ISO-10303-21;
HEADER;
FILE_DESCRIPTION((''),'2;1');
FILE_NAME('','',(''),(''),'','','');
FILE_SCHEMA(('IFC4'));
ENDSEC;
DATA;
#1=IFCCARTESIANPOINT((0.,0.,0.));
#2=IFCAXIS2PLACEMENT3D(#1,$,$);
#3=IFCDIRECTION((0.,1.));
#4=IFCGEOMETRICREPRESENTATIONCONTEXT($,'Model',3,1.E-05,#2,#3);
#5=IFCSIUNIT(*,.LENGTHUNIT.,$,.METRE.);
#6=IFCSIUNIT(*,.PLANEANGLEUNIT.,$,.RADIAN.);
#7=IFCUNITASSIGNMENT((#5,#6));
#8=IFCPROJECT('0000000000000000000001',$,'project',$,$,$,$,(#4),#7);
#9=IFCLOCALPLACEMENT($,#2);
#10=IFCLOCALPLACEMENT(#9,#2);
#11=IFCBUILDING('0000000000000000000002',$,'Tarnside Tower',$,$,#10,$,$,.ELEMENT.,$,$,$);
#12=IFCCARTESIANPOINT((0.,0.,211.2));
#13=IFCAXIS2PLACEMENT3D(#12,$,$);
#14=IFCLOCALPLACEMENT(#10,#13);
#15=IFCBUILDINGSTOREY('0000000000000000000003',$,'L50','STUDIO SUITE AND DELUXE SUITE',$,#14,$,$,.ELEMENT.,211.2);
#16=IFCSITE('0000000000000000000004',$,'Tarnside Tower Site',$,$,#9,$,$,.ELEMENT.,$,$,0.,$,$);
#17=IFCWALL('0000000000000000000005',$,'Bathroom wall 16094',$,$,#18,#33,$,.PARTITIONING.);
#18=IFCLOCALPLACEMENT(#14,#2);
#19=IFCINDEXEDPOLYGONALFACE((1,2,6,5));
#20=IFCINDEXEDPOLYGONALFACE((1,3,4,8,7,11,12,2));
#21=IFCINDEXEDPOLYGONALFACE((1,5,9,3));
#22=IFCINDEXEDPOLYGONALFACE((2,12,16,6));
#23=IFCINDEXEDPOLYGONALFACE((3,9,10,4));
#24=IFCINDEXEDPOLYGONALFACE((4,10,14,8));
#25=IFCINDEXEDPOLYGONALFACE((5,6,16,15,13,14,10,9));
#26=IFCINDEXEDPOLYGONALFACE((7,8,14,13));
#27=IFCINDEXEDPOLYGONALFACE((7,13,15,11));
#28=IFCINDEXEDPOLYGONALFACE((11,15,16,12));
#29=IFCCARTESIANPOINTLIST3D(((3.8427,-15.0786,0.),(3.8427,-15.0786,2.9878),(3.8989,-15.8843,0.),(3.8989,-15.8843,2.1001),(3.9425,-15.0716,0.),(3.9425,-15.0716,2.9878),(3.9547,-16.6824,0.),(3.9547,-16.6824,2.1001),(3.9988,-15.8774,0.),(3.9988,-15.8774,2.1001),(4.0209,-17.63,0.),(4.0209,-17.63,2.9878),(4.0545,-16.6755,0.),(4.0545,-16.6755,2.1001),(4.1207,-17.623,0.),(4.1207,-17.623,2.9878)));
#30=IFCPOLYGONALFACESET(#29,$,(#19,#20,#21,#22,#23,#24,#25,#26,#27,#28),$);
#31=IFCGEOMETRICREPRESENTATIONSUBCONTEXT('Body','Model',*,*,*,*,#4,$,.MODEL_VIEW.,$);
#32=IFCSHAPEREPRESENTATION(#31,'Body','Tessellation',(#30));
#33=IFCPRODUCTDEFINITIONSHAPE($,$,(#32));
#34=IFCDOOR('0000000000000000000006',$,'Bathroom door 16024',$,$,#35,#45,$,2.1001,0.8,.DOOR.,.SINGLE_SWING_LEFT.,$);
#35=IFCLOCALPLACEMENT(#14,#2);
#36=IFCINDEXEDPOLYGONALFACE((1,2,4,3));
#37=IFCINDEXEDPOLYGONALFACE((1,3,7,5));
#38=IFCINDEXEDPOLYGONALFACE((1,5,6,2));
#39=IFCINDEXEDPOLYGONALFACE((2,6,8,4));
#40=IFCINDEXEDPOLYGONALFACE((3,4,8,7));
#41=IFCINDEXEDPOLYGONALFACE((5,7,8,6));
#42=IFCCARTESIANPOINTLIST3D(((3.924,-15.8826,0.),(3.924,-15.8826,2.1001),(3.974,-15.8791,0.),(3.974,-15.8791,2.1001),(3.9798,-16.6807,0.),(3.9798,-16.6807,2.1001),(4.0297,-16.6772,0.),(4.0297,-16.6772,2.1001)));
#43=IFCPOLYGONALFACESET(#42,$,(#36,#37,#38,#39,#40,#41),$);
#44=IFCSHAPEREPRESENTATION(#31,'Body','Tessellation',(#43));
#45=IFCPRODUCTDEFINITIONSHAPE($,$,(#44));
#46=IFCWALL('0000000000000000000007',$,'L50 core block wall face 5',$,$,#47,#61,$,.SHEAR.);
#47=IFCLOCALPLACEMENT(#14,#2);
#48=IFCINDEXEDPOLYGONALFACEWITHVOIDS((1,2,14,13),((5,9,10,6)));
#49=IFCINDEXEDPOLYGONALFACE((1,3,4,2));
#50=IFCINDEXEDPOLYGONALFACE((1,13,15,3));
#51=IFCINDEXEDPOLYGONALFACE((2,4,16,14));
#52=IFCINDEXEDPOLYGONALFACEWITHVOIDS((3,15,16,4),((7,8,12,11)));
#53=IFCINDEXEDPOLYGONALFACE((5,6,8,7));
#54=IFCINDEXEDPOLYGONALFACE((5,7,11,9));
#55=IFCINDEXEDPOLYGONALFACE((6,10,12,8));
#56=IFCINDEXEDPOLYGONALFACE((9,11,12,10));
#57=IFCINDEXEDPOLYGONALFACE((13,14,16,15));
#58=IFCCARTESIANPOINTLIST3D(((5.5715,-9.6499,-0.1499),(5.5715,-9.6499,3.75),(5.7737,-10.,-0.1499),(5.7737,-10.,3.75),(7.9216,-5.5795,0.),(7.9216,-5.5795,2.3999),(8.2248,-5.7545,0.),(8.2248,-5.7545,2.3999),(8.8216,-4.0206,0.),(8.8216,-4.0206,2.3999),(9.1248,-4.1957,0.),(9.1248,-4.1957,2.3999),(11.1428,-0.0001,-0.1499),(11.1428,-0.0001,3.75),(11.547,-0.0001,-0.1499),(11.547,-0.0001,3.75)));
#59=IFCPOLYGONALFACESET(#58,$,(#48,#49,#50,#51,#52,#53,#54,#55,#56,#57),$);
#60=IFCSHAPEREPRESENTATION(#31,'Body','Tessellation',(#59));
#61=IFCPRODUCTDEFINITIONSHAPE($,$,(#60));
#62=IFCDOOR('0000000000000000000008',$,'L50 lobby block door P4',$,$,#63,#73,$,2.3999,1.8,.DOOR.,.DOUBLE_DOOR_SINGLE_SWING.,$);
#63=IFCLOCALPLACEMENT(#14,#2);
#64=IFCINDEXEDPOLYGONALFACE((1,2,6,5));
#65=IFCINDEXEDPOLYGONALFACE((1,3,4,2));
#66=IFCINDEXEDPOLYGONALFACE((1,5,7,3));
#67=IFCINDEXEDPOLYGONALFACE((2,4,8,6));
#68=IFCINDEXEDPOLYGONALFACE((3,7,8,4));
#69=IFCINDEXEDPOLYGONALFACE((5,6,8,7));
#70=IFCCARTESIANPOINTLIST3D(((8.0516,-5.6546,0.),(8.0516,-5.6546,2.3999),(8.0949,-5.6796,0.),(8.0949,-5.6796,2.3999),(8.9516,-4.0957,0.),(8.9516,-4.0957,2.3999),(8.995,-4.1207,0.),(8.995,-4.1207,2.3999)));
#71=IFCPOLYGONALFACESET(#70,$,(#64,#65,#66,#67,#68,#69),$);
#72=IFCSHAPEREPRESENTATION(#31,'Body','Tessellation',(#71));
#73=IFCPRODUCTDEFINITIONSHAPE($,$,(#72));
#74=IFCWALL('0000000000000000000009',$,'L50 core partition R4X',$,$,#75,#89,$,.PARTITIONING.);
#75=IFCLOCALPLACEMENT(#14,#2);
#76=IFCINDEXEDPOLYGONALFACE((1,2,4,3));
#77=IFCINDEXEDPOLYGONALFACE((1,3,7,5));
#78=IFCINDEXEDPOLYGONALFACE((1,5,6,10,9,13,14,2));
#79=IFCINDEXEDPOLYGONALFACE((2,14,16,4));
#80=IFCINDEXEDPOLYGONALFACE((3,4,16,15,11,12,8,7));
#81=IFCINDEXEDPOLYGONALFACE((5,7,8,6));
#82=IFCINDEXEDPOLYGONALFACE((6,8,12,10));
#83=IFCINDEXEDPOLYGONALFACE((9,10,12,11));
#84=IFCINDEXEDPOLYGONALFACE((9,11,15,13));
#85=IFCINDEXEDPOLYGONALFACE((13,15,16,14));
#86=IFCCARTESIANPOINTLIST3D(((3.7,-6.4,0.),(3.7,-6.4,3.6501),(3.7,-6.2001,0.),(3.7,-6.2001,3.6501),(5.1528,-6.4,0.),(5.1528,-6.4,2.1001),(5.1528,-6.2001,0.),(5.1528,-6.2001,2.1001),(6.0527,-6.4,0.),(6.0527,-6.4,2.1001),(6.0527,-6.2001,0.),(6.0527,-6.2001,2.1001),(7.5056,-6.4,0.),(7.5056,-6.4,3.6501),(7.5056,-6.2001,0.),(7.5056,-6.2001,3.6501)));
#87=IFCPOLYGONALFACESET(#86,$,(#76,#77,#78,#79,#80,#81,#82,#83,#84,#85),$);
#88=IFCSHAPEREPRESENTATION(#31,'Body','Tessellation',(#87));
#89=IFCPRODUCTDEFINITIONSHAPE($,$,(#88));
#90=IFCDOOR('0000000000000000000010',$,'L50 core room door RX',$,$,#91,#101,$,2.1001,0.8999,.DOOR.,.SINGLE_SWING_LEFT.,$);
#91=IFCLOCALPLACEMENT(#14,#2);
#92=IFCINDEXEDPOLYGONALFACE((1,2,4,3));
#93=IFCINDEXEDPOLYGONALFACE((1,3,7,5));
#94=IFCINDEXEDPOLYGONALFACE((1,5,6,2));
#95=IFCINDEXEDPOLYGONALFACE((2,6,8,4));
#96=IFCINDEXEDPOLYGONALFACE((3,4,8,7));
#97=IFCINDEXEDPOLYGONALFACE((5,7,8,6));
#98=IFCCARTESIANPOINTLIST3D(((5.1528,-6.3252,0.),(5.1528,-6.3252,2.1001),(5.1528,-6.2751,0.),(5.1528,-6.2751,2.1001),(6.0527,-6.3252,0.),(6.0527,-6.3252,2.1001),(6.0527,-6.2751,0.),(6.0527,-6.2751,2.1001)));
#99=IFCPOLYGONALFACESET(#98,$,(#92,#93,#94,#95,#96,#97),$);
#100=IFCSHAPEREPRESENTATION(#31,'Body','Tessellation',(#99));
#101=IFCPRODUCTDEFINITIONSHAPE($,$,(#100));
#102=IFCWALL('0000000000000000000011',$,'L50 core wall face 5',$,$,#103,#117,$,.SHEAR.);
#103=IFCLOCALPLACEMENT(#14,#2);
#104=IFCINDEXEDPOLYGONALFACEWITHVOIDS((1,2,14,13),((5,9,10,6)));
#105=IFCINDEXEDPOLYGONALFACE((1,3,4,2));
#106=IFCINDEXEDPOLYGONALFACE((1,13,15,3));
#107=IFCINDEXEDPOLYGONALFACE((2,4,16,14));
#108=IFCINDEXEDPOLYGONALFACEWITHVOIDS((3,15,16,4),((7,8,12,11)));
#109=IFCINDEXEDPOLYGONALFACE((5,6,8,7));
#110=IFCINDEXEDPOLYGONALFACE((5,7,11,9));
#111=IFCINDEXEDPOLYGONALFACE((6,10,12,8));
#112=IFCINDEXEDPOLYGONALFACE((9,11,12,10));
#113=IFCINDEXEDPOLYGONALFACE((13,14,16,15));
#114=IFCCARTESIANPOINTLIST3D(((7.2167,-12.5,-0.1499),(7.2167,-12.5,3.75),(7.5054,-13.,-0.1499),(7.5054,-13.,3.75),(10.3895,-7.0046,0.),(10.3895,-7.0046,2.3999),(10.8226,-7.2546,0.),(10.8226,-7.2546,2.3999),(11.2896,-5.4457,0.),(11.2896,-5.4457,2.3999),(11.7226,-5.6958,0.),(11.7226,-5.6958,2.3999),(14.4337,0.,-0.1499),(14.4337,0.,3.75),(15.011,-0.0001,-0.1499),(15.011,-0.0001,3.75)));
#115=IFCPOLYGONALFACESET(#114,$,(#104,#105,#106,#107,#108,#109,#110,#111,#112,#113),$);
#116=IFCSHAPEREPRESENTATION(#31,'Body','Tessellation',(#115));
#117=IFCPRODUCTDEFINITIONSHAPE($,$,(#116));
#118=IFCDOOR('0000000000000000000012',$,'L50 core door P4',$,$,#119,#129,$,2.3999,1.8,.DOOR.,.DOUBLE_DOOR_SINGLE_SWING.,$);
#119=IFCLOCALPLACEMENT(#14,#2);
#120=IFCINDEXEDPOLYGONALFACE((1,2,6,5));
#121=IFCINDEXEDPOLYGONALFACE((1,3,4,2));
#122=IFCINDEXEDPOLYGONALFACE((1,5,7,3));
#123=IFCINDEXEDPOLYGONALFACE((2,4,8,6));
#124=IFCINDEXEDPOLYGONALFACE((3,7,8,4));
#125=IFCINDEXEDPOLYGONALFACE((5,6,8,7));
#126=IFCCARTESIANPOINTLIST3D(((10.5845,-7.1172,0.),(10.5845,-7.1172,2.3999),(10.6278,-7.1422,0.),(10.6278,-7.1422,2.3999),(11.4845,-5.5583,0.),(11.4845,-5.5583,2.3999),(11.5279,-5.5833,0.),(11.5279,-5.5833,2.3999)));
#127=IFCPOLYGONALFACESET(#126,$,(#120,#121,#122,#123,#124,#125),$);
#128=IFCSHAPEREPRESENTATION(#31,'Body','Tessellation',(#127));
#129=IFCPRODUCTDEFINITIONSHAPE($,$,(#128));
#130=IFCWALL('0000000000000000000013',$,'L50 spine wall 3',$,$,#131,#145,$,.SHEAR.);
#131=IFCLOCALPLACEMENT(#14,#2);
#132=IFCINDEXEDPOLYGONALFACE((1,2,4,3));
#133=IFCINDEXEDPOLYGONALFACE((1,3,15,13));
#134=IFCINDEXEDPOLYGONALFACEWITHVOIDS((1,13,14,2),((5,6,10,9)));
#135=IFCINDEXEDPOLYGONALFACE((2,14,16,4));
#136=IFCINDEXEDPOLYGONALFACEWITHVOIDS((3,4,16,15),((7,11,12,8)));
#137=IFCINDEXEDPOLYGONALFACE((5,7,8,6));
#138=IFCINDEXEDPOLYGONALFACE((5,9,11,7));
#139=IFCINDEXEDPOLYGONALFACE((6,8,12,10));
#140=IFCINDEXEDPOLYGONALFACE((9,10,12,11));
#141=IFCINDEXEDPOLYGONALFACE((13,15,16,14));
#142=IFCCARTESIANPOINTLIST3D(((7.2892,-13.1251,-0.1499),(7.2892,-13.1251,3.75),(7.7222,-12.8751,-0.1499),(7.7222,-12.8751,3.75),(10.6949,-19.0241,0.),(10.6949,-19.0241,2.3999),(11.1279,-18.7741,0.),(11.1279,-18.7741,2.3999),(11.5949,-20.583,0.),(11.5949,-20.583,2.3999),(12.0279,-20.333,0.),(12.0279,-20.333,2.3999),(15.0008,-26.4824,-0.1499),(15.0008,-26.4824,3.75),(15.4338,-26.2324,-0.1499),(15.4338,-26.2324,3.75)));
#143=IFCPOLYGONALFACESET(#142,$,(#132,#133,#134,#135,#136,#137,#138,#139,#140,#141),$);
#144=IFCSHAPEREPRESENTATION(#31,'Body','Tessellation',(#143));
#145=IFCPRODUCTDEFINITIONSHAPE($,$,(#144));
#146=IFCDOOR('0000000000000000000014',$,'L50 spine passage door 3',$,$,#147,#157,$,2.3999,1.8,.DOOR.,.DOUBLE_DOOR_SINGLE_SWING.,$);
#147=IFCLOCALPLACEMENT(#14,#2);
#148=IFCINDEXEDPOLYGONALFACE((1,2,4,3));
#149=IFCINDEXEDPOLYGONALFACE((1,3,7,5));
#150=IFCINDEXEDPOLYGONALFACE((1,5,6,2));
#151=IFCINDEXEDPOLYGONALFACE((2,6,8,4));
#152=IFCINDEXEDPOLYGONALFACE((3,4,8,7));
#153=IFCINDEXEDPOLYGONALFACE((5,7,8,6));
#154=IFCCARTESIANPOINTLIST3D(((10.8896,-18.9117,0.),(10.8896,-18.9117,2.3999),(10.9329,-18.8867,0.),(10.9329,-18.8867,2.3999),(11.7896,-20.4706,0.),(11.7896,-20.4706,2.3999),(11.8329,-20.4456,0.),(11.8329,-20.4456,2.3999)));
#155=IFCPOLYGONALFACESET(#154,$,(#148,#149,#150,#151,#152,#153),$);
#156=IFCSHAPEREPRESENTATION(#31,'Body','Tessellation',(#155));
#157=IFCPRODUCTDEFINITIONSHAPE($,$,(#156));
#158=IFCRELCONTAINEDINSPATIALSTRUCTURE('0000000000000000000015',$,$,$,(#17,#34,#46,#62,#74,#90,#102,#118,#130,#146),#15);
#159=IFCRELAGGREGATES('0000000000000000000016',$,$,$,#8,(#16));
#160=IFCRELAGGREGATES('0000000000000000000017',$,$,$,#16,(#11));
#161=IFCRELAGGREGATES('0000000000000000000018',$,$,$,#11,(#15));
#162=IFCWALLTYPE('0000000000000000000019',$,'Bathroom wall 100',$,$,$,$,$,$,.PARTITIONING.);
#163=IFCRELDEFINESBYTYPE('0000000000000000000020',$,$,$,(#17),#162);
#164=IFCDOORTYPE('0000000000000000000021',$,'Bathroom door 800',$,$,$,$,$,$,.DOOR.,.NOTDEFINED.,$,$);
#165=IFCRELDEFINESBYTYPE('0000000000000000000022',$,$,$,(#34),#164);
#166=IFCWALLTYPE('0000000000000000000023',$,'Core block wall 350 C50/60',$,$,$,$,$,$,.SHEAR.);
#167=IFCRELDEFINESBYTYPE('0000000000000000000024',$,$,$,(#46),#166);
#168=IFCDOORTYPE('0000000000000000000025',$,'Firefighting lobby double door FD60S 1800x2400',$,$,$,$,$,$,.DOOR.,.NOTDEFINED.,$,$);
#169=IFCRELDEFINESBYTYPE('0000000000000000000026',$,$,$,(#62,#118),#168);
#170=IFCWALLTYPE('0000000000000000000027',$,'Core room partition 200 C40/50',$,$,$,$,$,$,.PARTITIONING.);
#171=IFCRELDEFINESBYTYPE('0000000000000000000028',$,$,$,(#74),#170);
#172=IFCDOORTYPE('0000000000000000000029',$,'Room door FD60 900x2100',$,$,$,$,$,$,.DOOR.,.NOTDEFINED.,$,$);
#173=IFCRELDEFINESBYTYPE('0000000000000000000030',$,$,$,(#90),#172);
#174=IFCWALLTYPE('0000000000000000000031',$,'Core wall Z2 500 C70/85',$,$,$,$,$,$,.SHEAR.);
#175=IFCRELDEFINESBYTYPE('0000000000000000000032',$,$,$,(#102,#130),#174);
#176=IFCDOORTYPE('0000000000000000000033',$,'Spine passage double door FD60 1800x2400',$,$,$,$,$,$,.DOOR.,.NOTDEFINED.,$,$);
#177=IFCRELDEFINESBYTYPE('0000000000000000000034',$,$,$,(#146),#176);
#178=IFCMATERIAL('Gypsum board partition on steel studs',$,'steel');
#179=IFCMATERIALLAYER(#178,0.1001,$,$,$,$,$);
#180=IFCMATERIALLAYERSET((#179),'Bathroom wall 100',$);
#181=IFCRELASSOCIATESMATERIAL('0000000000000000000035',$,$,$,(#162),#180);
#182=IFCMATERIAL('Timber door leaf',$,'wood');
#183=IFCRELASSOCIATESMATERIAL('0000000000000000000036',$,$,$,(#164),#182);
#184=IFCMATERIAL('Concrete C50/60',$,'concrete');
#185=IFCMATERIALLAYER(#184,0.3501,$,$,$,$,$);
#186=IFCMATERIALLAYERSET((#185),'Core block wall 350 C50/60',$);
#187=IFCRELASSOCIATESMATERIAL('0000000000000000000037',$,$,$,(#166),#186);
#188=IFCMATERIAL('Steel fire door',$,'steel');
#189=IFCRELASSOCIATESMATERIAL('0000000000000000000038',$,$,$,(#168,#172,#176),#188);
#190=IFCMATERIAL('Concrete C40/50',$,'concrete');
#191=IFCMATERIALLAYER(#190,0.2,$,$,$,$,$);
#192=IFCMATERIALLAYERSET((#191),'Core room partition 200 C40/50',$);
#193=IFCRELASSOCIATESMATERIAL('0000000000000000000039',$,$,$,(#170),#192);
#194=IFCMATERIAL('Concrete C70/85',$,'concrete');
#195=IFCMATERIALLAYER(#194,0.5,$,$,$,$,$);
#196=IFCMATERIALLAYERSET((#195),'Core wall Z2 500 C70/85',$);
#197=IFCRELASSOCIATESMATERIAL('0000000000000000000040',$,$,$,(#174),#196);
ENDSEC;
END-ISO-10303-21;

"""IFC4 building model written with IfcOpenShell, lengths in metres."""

from ifc_helpers import new_model, si_unit, direction, frame, frame_2d, origin, place, context, subcontext, project, spatial, polyline, rectangle, outline, extrude, material, layer, layer_set, type_object, element, fill, save


model = new_model("IFC4")

# Units and contexts
model_context = context("Model", 3, precision=1e-05, world=origin(), true_north=direction((0.0, 1.0)))
body_context = subcontext(model_context, "Body", "Model", "MODEL_VIEW")
ifc_project = project(units=[si_unit("LENGTHUNIT", "METRE"), si_unit("PLANEANGLEUNIT", "RADIAN")], contexts=[model_context])

# Site, building, storey
site_placement = place(None, origin())
site = spatial("IfcSite", under=ifc_project, at=site_placement, Name="Tarnside Tower Site", CompositionType="ELEMENT", RefElevation=0.0)
building_placement = place(site_placement, origin())
building = spatial("IfcBuilding", under=site, at=building_placement, Name="Tarnside Tower", CompositionType="ELEMENT")
storey_placement = place(building_placement, frame((0.0, 0.0, 211.2)))
storey = spatial("IfcBuildingStorey", under=building, at=storey_placement, Name="L50", Description="STUDIO SUITE AND DELUXE SUITE", CompositionType="ELEMENT", Elevation=211.2)

# Shared definitions
ifc_material_1 = material(Name="Gypsum board partition on steel studs", Category="steel")
ifc_layer_1 = layer(ifc_material_1, 0.1001)
ifc_layer_set_1 = layer_set([ifc_layer_1], Name="Bathroom wall 100")
wall_type_1 = type_object("IfcWallType", Name="Bathroom wall 100", PredefinedType="PARTITIONING", material=ifc_layer_set_1)

# Walls, openings, doors
wall_1_placement = place(storey_placement, frame((4.0708, -17.6265, 0.0), z_axis=(0.0, 0.0, 1.0), x_axis=(-0.06968, 0.997569, 0.0)))
wall_1 = element("IfcWall", 1, at=wall_1_placement, inside=storey, type_object=wall_type_1, Name="Bathroom wall 16094", PredefinedType="PARTITIONING", context=body_context, shape_type="SweptSolid", body=[
    extrude(rectangle(XDim=2.5576, YDim=0.1001, at=frame_2d((1.2788, 0.0))), origin(), (0.0, 0.0, 1.0), 2.9878),
])
opening_1_placement = place(wall_1_placement, frame((0.95, 0.0, 0.0)))
opening_1 = element("IfcOpeningElement", 2, at=opening_1_placement, cuts=wall_1, PredefinedType="OPENING", context=body_context, shape_type="SweptSolid", body=[
    extrude(rectangle(XDim=0.8, YDim=2.1001, at=frame_2d((0.3999, 1.05))), frame((0.0, 0.0601, 0.0), z_axis=(0.0, -1.0, 0.0), x_axis=(1.0, 0.0, 0.0)), (0.0, 0.0, 1.0), 0.1201),
])
ifc_material_2 = material(Name="Timber door leaf", Category="wood")
door_type_1 = type_object("IfcDoorType", Name="Bathroom door 800", OperationType="NOTDEFINED", PredefinedType="DOOR", material=ifc_material_2)
door_1_placement = place(opening_1_placement, origin())
door_1 = element("IfcDoor", 3, at=door_1_placement, inside=storey, type_object=door_type_1, Name="Bathroom door 16024", OperationType="SINGLE_SWING_LEFT", OverallHeight=2.1001, OverallWidth=0.8, PredefinedType="DOOR", context=body_context, shape_type="SweptSolid", body=[
    extrude(rectangle(XDim=0.8, YDim=2.1001, at=frame_2d((0.3999, 1.05))), frame((0.0, 0.0249, 0.0), z_axis=(0.0, -1.0, 0.0), x_axis=(1.0, 0.0, 0.0)), (0.0, 0.0, 1.0), 0.05),
])
fill(opening_1, door_1)
ifc_material_3 = material(Name="Concrete C50/60", Category="concrete")
ifc_layer_2 = layer(ifc_material_3, 0.3501)
ifc_layer_set_2 = layer_set([ifc_layer_2], Name="Core block wall 350 C50/60")
wall_type_2 = type_object("IfcWallType", Name="Core block wall 350 C50/60", PredefinedType="SHEAR", material=ifc_layer_set_2)
wall_2_placement = place(storey_placement, frame((5.6726, -9.825, -0.1499), z_axis=(0.0, 0.0, 1.0), x_axis=(0.499995, 0.866028, 0.0)))
wall_2 = element("IfcWall", 4, at=wall_2_placement, inside=storey, type_object=wall_type_2, Name="L50 core block wall face 5", PredefinedType="SHEAR", context=body_context, shape_type="SweptSolid", body=[
    extrude(outline(polyline([(-0.1011, -0.175), (11.4458, -0.175), (11.2437, 0.175), (0.1011, 0.175), (-0.1011, -0.175)])), origin(), (0.0, 0.0, 1.0), 3.8999),
])
opening_2_placement = place(wall_2_placement, frame((4.8013, 0.0, 0.1499)))
opening_2 = element("IfcOpeningElement", 5, at=opening_2_placement, cuts=wall_2, PredefinedType="OPENING", context=body_context, shape_type="SweptSolid", body=[
    extrude(rectangle(XDim=1.8, YDim=2.3999, at=frame_2d((0.8999, 1.2))), frame((0.0, 0.1851, 0.0), z_axis=(0.0, -1.0, 0.0), x_axis=(1.0, 0.0, 0.0)), (0.0, 0.0, 1.0), 0.3701),
])
ifc_material_4 = material(Name="Steel fire door", Category="steel")
door_type_2 = type_object("IfcDoorType", Name="Firefighting lobby double door FD60S 1800x2400", OperationType="NOTDEFINED", PredefinedType="DOOR", material=ifc_material_4)
door_2_placement = place(opening_2_placement, origin())
door_2 = element("IfcDoor", 6, at=door_2_placement, inside=storey, type_object=door_type_2, Name="L50 lobby block door P4", OperationType="DOUBLE_DOOR_SINGLE_SWING", OverallHeight=2.3999, OverallWidth=1.8, PredefinedType="DOOR", context=body_context, shape_type="SweptSolid", body=[
    extrude(rectangle(XDim=1.8, YDim=2.3999, at=frame_2d((0.8999, 1.2))), frame((0.0, 0.0249, 0.0), z_axis=(0.0, -1.0, 0.0), x_axis=(1.0, 0.0, 0.0)), (0.0, 0.0, 1.0), 0.05),
])
fill(opening_2, door_2)
ifc_material_5 = material(Name="Concrete C40/50", Category="concrete")
ifc_layer_3 = layer(ifc_material_5, 0.2)
ifc_layer_set_3 = layer_set([ifc_layer_3], Name="Core room partition 200 C40/50")
wall_type_3 = type_object("IfcWallType", Name="Core room partition 200 C40/50", PredefinedType="PARTITIONING", material=ifc_layer_set_3)
wall_3_placement = place(storey_placement, frame((3.7, -6.3, 0.0), z_axis=(0.0, 0.0, 1.0), x_axis=(1.0, 0.0, 0.0)))
wall_3 = element("IfcWall", 7, at=wall_3_placement, inside=storey, type_object=wall_type_3, Name="L50 core partition R4X", PredefinedType="PARTITIONING", context=body_context, shape_type="SweptSolid", body=[
    extrude(rectangle(XDim=3.8057, YDim=0.2, at=frame_2d((1.9028, 0.0))), origin(), (0.0, 0.0, 1.0), 3.6501),
])
opening_3_placement = place(wall_3_placement, frame((1.4529, 0.0, 0.0)))
opening_3 = element("IfcOpeningElement", 8, at=opening_3_placement, cuts=wall_3, PredefinedType="OPENING", context=body_context, shape_type="SweptSolid", body=[
    extrude(rectangle(XDim=0.8999, YDim=2.1001, at=frame_2d((0.45, 1.05))), frame((0.0, 0.1099, 0.0), z_axis=(0.0, -1.0, 0.0), x_axis=(1.0, 0.0, 0.0)), (0.0, 0.0, 1.0), 0.22),
])
door_type_3 = type_object("IfcDoorType", Name="Room door FD60 900x2100", OperationType="NOTDEFINED", PredefinedType="DOOR", material=ifc_material_4)
door_3_placement = place(opening_3_placement, origin())
door_3 = element("IfcDoor", 9, at=door_3_placement, inside=storey, type_object=door_type_3, Name="L50 core room door RX", OperationType="SINGLE_SWING_LEFT", OverallHeight=2.1001, OverallWidth=0.8999, PredefinedType="DOOR", context=body_context, shape_type="SweptSolid", body=[
    extrude(rectangle(XDim=0.8999, YDim=2.1001, at=frame_2d((0.45, 1.05))), frame((0.0, 0.0249, 0.0), z_axis=(0.0, -1.0, 0.0), x_axis=(1.0, 0.0, 0.0)), (0.0, 0.0, 1.0), 0.05),
])
fill(opening_3, door_3)
ifc_material_6 = material(Name="Concrete C70/85", Category="concrete")
ifc_layer_4 = layer(ifc_material_6, 0.5)
ifc_layer_set_4 = layer_set([ifc_layer_4], Name="Core wall Z2 500 C70/85")
wall_type_4 = type_object("IfcWallType", Name="Core wall Z2 500 C70/85", PredefinedType="SHEAR", material=ifc_layer_set_4)
wall_4_placement = place(storey_placement, frame((7.3611, -12.75, -0.1499), z_axis=(0.0, 0.0, 1.0), x_axis=(0.500006, 0.866022, 0.0)))
wall_4 = element("IfcWall", 10, at=wall_4_placement, inside=storey, type_object=wall_type_4, Name="L50 core wall face 5", PredefinedType="SHEAR", context=body_context, shape_type="SweptSolid", body=[
    extrude(outline(polyline([(-0.1443, -0.25), (14.8667, -0.25), (14.5781, 0.25), (0.1443, 0.25), (-0.1443, -0.25)])), origin(), (0.0, 0.0, 1.0), 3.8999),
])
opening_4_placement = place(wall_4_placement, frame((6.49, 0.0, 0.1499)))
opening_4 = element("IfcOpeningElement", 11, at=opening_4_placement, cuts=wall_4, PredefinedType="OPENING", context=body_context, shape_type="SweptSolid", body=[
    extrude(rectangle(XDim=1.8, YDim=2.3999, at=frame_2d((0.8999, 1.2))), frame((0.0, 0.26, 0.0), z_axis=(0.0, -1.0, 0.0), x_axis=(1.0, 0.0, 0.0)), (0.0, 0.0, 1.0), 0.52),
])
door_4_placement = place(opening_4_placement, origin())
door_4 = element("IfcDoor", 12, at=door_4_placement, inside=storey, type_object=door_type_2, Name="L50 core door P4", OperationType="DOUBLE_DOOR_SINGLE_SWING", OverallHeight=2.3999, OverallWidth=1.8, PredefinedType="DOOR", context=body_context, shape_type="SweptSolid", body=[
    extrude(rectangle(XDim=1.8, YDim=2.3999, at=frame_2d((0.8999, 1.2))), frame((0.0, 0.0249, 0.0), z_axis=(0.0, -1.0, 0.0), x_axis=(1.0, 0.0, 0.0)), (0.0, 0.0, 1.0), 0.05),
])
fill(opening_4, door_4)
wall_5_placement = place(storey_placement, frame((7.5056, -13.0, -0.1499), z_axis=(0.0, 0.0, 1.0), x_axis=(0.499988, -0.866032, 0.0)))
wall_5 = element("IfcWall", 13, at=wall_5_placement, inside=storey, type_object=wall_type_4, Name="L50 spine wall 3", PredefinedType="SHEAR", context=body_context, shape_type="SweptSolid", body=[
    extrude(rectangle(XDim=15.4236, YDim=0.5, at=frame_2d((7.7119, 0.0))), origin(), (0.0, 0.0, 1.0), 3.8999),
])
opening_5_placement = place(wall_5_placement, frame((6.8118, 0.0, 0.1499)))
opening_5 = element("IfcOpeningElement", 14, at=opening_5_placement, cuts=wall_5, PredefinedType="OPENING", context=body_context, shape_type="SweptSolid", body=[
    extrude(rectangle(XDim=1.8, YDim=2.3999, at=frame_2d((0.8999, 1.2))), frame((0.0, 0.26, 0.0), z_axis=(0.0, -1.0, 0.0), x_axis=(1.0, 0.0, 0.0)), (0.0, 0.0, 1.0), 0.52),
])
door_type_4 = type_object("IfcDoorType", Name="Spine passage double door FD60 1800x2400", OperationType="NOTDEFINED", PredefinedType="DOOR", material=ifc_material_4)
door_5_placement = place(opening_5_placement, origin())
door_5 = element("IfcDoor", 15, at=door_5_placement, inside=storey, type_object=door_type_4, Name="L50 spine passage door 3", OperationType="DOUBLE_DOOR_SINGLE_SWING", OverallHeight=2.3999, OverallWidth=1.8, PredefinedType="DOOR", context=body_context, shape_type="SweptSolid", body=[
    extrude(rectangle(XDim=1.8, YDim=2.3999, at=frame_2d((0.8999, 1.2))), frame((0.0, 0.0249, 0.0), z_axis=(0.0, -1.0, 0.0), x_axis=(1.0, 0.0, 0.0)), (0.0, 0.0, 1.0), 0.05),
])
fill(opening_5, door_5)

save(model, "model.ifc")
